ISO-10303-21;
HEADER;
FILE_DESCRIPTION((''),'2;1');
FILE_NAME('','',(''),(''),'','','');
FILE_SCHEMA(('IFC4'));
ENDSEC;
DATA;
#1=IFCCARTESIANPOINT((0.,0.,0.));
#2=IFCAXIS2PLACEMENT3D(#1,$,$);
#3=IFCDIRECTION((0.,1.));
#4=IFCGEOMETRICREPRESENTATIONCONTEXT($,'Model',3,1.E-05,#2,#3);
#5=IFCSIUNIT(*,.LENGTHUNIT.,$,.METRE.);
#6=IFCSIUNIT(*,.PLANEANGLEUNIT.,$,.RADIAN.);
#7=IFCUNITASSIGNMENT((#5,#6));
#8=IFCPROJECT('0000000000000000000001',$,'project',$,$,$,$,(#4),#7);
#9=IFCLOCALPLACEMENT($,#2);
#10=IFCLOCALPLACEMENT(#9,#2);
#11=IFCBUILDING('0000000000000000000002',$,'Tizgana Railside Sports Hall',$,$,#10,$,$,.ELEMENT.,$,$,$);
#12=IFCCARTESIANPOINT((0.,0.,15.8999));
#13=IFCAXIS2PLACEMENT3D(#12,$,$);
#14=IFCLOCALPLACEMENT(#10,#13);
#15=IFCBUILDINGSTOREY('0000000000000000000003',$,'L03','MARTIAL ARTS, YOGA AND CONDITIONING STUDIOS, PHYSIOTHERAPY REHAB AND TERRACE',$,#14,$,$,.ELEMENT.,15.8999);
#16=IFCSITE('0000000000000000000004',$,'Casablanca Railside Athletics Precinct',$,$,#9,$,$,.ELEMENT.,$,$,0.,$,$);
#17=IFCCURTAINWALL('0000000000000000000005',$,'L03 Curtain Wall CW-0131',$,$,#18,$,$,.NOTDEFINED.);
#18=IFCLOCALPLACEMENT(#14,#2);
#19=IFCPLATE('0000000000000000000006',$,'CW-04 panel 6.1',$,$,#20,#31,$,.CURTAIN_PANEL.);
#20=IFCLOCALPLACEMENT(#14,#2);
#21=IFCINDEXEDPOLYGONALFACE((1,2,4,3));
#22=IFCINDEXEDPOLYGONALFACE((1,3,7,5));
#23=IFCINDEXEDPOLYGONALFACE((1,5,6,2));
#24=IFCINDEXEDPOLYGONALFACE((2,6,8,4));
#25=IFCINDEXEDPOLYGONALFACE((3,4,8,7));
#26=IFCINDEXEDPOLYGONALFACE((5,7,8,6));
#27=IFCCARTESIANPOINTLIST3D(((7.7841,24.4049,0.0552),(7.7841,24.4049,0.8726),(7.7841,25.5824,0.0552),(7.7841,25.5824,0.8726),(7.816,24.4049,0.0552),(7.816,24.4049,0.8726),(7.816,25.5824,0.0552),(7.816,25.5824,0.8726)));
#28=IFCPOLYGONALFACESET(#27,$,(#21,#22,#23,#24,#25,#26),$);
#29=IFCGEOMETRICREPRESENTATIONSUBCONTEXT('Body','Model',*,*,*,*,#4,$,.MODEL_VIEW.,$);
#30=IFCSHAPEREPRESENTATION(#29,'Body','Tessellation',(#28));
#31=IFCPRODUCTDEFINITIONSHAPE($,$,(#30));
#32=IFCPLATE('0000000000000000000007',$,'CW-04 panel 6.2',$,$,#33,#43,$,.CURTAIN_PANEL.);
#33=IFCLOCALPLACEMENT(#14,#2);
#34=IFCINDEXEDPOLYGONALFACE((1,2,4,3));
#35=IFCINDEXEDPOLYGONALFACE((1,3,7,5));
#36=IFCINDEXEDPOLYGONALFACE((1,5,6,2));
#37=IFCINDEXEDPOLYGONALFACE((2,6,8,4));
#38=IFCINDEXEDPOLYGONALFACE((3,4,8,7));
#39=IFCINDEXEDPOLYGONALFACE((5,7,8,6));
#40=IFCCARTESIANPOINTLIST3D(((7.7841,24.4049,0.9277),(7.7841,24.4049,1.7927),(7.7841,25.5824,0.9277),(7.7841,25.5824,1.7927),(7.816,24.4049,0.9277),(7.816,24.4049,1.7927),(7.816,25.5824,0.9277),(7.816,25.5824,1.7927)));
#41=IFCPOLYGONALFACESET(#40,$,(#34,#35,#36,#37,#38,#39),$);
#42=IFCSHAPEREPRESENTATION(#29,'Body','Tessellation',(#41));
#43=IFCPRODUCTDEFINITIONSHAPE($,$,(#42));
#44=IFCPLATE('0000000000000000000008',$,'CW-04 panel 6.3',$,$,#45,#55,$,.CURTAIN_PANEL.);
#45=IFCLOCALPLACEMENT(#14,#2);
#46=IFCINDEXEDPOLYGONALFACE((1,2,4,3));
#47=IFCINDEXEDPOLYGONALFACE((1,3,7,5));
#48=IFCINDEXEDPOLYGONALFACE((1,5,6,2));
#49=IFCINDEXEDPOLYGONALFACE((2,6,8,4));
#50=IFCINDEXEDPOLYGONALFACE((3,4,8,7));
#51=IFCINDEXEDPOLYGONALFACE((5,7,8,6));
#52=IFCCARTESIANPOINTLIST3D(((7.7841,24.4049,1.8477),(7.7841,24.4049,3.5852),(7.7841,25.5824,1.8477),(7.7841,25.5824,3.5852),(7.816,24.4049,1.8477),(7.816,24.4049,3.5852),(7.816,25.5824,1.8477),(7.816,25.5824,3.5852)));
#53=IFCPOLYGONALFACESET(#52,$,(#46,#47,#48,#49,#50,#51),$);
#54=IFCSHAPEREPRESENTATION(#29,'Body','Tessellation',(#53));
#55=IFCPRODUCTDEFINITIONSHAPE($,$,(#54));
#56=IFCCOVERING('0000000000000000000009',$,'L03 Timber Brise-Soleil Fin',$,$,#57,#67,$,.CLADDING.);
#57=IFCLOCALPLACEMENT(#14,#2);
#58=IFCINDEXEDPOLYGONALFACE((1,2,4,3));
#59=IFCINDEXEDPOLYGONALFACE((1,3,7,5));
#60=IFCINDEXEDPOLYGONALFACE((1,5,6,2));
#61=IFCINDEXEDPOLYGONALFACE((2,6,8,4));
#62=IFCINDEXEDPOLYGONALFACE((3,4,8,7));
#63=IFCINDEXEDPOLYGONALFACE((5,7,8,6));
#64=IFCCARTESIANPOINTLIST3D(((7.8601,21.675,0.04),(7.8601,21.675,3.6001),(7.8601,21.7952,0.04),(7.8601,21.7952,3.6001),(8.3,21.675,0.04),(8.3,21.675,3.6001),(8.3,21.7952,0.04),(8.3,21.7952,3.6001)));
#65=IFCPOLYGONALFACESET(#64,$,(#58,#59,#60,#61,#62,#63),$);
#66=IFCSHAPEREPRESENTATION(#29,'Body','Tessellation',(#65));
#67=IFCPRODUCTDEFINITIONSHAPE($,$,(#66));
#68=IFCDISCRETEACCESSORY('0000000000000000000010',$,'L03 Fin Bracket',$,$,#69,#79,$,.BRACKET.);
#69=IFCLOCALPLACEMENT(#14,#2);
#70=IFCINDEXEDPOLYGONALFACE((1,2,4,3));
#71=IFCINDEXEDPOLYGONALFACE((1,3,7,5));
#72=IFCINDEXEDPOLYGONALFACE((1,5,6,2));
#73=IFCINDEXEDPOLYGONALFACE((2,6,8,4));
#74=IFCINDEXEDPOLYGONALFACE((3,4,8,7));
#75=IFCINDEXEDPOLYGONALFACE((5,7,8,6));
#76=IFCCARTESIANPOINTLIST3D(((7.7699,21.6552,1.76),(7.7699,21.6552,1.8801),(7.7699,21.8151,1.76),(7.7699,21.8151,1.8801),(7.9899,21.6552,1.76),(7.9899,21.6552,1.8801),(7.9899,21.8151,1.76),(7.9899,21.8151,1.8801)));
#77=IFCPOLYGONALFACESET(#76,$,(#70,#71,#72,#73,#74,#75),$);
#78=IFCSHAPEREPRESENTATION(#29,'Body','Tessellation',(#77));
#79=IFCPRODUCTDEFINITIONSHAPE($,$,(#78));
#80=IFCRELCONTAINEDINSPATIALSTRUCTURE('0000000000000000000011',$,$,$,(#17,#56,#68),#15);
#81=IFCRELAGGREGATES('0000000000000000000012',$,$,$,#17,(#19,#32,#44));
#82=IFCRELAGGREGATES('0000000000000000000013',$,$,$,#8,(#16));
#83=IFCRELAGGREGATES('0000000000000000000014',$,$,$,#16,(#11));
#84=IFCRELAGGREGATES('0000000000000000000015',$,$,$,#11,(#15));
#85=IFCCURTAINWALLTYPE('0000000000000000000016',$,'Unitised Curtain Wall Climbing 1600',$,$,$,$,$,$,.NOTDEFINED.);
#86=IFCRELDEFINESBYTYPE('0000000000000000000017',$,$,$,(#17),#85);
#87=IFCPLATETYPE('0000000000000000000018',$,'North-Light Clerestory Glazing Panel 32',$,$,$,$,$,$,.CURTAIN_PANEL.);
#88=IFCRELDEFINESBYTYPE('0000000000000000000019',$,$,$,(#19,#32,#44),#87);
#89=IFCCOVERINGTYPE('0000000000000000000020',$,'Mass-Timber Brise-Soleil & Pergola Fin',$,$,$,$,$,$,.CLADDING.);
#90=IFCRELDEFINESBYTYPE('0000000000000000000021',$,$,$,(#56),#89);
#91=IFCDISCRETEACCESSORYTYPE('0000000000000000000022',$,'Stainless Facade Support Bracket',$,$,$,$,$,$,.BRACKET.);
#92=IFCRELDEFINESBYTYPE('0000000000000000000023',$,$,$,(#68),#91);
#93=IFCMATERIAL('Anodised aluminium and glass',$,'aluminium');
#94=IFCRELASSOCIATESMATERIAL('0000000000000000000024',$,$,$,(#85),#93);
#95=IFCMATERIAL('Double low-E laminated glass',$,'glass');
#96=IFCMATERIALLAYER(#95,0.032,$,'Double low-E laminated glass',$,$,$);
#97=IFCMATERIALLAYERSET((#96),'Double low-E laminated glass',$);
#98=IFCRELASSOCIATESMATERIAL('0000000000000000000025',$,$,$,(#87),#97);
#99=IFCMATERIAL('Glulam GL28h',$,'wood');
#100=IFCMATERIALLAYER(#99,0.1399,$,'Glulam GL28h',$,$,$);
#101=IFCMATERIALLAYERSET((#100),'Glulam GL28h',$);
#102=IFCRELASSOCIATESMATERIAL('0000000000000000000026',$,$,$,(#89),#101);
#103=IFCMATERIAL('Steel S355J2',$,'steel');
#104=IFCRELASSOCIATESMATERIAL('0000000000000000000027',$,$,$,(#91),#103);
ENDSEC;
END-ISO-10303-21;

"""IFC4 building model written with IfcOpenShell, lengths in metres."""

from ifc_helpers import new_model, si_unit, direction, frame, origin, origin_2d, place, context, subcontext, project, spatial, rectangle, extrude, material, layer, layer_set, type_object, element, aggregate, save


model = new_model("IFC4")

# Units and contexts
model_context = context("Model", 3, precision=1e-05, world=origin(), true_north=direction((0.0, 1.0)))
body_context = subcontext(model_context, "Body", "Model", "MODEL_VIEW")
ifc_project = project(units=[si_unit("LENGTHUNIT", "METRE"), si_unit("PLANEANGLEUNIT", "RADIAN")], contexts=[model_context])

# Site, building, storey
site_placement = place(None, origin())
site = spatial("IfcSite", under=ifc_project, at=site_placement, Name="Casablanca Railside Athletics Precinct", CompositionType="ELEMENT", RefElevation=0.0)
building_placement = place(site_placement, origin())
building = spatial("IfcBuilding", under=site, at=building_placement, Name="Tizgana Railside Sports Hall", CompositionType="ELEMENT")
storey_placement = place(building_placement, frame((0.0, 0.0, 15.8999)))
storey = spatial("IfcBuildingStorey", under=building, at=storey_placement, Name="L03", Description="MARTIAL ARTS, YOGA AND CONDITIONING STUDIOS, PHYSIOTHERAPY REHAB AND TERRACE", CompositionType="ELEMENT", Elevation=15.8999)

# Shared definitions
ifc_material_1 = material(Name="Anodised aluminium and glass", Category="aluminium")

# Curtain wall
curtain_wall_type_1 = type_object("IfcCurtainWallType", Name="Unitised Curtain Wall Climbing 1600", PredefinedType="NOTDEFINED", material=ifc_material_1)
curtain_wall_1_placement = place(storey_placement, origin())
curtain_wall_1 = element("IfcCurtainWall", 1, at=curtain_wall_1_placement, inside=storey, type_object=curtain_wall_type_1, Name="L03 Curtain Wall CW-0131", PredefinedType="NOTDEFINED")

# Shared definitions
ifc_material_2 = material(Name="Steel S355J2", Category="steel")

# Plates
ifc_material_3 = material(Name="Double low-E laminated glass", Category="glass")
ifc_layer_1 = layer(ifc_material_3, 0.032, Name="Double low-E laminated glass")
ifc_layer_set_1 = layer_set([ifc_layer_1], Name="Double low-E laminated glass")
plate_type_1 = type_object("IfcPlateType", Name="North-Light Clerestory Glazing Panel 32", PredefinedType="CURTAIN_PANEL", material=ifc_layer_set_1)
plate_1_placement = place(storey_placement, frame((7.8, 24.9937, 0.0552), z_axis=(0.0, 0.0, 1.0), x_axis=(0.0, -1.0, 0.0)))
plate_1 = element("IfcPlate", 2, at=plate_1_placement, type_object=plate_type_1, Name="CW-04 panel 6.1", PredefinedType="CURTAIN_PANEL", context=body_context, shape_type="SweptSolid", body=[
    extrude(rectangle(XDim=1.1775, YDim=0.032, at=origin_2d()), origin(), (0.0, 0.0, 1.0), 0.8174),
])
plate_2_placement = place(storey_placement, frame((7.8, 24.9937, 0.9277), z_axis=(0.0, 0.0, 1.0), x_axis=(0.0, -1.0, 0.0)))
plate_2 = element("IfcPlate", 3, at=plate_2_placement, type_object=plate_type_1, Name="CW-04 panel 6.2", PredefinedType="CURTAIN_PANEL", context=body_context, shape_type="SweptSolid", body=[
    extrude(rectangle(XDim=1.1775, YDim=0.032, at=origin_2d()), origin(), (0.0, 0.0, 1.0), 0.865),
])
plate_3_placement = place(storey_placement, frame((7.8, 24.9937, 1.8477), z_axis=(0.0, 0.0, 1.0), x_axis=(0.0, -1.0, 0.0)))
plate_3 = element("IfcPlate", 4, at=plate_3_placement, type_object=plate_type_1, Name="CW-04 panel 6.3", PredefinedType="CURTAIN_PANEL", context=body_context, shape_type="SweptSolid", body=[
    extrude(rectangle(XDim=1.1775, YDim=0.032, at=origin_2d()), origin(), (0.0, 0.0, 1.0), 1.7375),
])
aggregate(curtain_wall_1, [plate_1, plate_2, plate_3])

# Covering
ifc_material_4 = material(Name="Glulam GL28h", Category="wood")
ifc_layer_2 = layer(ifc_material_4, 0.1399, Name="Glulam GL28h")
ifc_layer_set_2 = layer_set([ifc_layer_2], Name="Glulam GL28h")
covering_type = type_object("IfcCoveringType", Name="Mass-Timber Brise-Soleil & Pergola Fin", PredefinedType="CLADDING", material=ifc_layer_set_2)
covering_placement = place(storey_placement, frame((8.0801, 21.7351, 0.04), z_axis=(0.0, 0.0, 1.0), x_axis=(0.0, -1.0, 0.0)))
element("IfcCovering", 5, at=covering_placement, inside=storey, type_object=covering_type, Name="L03 Timber Brise-Soleil Fin", PredefinedType="CLADDING", context=body_context, shape_type="SweptSolid", body=[
    extrude(rectangle(XDim=0.1201, YDim=0.4399, at=origin_2d()), origin(), (0.0, 0.0, 1.0), 3.5601),
])

# Discrete accessory
discrete_accessory_type = type_object("IfcDiscreteAccessoryType", Name="Stainless Facade Support Bracket", PredefinedType="BRACKET", material=ifc_material_2)
discrete_accessory_placement = place(storey_placement, frame((7.8799, 21.7351, 1.76), z_axis=(0.0, 0.0, 1.0), x_axis=(0.0, -1.0, 0.0)))
element("IfcDiscreteAccessory", 6, at=discrete_accessory_placement, inside=storey, type_object=discrete_accessory_type, Name="L03 Fin Bracket", PredefinedType="BRACKET", context=body_context, shape_type="SweptSolid", body=[
    extrude(rectangle(XDim=0.1599, YDim=0.22, at=origin_2d()), origin(), (0.0, 0.0, 1.0), 0.1201),
])

save(model, "model.ifc")
